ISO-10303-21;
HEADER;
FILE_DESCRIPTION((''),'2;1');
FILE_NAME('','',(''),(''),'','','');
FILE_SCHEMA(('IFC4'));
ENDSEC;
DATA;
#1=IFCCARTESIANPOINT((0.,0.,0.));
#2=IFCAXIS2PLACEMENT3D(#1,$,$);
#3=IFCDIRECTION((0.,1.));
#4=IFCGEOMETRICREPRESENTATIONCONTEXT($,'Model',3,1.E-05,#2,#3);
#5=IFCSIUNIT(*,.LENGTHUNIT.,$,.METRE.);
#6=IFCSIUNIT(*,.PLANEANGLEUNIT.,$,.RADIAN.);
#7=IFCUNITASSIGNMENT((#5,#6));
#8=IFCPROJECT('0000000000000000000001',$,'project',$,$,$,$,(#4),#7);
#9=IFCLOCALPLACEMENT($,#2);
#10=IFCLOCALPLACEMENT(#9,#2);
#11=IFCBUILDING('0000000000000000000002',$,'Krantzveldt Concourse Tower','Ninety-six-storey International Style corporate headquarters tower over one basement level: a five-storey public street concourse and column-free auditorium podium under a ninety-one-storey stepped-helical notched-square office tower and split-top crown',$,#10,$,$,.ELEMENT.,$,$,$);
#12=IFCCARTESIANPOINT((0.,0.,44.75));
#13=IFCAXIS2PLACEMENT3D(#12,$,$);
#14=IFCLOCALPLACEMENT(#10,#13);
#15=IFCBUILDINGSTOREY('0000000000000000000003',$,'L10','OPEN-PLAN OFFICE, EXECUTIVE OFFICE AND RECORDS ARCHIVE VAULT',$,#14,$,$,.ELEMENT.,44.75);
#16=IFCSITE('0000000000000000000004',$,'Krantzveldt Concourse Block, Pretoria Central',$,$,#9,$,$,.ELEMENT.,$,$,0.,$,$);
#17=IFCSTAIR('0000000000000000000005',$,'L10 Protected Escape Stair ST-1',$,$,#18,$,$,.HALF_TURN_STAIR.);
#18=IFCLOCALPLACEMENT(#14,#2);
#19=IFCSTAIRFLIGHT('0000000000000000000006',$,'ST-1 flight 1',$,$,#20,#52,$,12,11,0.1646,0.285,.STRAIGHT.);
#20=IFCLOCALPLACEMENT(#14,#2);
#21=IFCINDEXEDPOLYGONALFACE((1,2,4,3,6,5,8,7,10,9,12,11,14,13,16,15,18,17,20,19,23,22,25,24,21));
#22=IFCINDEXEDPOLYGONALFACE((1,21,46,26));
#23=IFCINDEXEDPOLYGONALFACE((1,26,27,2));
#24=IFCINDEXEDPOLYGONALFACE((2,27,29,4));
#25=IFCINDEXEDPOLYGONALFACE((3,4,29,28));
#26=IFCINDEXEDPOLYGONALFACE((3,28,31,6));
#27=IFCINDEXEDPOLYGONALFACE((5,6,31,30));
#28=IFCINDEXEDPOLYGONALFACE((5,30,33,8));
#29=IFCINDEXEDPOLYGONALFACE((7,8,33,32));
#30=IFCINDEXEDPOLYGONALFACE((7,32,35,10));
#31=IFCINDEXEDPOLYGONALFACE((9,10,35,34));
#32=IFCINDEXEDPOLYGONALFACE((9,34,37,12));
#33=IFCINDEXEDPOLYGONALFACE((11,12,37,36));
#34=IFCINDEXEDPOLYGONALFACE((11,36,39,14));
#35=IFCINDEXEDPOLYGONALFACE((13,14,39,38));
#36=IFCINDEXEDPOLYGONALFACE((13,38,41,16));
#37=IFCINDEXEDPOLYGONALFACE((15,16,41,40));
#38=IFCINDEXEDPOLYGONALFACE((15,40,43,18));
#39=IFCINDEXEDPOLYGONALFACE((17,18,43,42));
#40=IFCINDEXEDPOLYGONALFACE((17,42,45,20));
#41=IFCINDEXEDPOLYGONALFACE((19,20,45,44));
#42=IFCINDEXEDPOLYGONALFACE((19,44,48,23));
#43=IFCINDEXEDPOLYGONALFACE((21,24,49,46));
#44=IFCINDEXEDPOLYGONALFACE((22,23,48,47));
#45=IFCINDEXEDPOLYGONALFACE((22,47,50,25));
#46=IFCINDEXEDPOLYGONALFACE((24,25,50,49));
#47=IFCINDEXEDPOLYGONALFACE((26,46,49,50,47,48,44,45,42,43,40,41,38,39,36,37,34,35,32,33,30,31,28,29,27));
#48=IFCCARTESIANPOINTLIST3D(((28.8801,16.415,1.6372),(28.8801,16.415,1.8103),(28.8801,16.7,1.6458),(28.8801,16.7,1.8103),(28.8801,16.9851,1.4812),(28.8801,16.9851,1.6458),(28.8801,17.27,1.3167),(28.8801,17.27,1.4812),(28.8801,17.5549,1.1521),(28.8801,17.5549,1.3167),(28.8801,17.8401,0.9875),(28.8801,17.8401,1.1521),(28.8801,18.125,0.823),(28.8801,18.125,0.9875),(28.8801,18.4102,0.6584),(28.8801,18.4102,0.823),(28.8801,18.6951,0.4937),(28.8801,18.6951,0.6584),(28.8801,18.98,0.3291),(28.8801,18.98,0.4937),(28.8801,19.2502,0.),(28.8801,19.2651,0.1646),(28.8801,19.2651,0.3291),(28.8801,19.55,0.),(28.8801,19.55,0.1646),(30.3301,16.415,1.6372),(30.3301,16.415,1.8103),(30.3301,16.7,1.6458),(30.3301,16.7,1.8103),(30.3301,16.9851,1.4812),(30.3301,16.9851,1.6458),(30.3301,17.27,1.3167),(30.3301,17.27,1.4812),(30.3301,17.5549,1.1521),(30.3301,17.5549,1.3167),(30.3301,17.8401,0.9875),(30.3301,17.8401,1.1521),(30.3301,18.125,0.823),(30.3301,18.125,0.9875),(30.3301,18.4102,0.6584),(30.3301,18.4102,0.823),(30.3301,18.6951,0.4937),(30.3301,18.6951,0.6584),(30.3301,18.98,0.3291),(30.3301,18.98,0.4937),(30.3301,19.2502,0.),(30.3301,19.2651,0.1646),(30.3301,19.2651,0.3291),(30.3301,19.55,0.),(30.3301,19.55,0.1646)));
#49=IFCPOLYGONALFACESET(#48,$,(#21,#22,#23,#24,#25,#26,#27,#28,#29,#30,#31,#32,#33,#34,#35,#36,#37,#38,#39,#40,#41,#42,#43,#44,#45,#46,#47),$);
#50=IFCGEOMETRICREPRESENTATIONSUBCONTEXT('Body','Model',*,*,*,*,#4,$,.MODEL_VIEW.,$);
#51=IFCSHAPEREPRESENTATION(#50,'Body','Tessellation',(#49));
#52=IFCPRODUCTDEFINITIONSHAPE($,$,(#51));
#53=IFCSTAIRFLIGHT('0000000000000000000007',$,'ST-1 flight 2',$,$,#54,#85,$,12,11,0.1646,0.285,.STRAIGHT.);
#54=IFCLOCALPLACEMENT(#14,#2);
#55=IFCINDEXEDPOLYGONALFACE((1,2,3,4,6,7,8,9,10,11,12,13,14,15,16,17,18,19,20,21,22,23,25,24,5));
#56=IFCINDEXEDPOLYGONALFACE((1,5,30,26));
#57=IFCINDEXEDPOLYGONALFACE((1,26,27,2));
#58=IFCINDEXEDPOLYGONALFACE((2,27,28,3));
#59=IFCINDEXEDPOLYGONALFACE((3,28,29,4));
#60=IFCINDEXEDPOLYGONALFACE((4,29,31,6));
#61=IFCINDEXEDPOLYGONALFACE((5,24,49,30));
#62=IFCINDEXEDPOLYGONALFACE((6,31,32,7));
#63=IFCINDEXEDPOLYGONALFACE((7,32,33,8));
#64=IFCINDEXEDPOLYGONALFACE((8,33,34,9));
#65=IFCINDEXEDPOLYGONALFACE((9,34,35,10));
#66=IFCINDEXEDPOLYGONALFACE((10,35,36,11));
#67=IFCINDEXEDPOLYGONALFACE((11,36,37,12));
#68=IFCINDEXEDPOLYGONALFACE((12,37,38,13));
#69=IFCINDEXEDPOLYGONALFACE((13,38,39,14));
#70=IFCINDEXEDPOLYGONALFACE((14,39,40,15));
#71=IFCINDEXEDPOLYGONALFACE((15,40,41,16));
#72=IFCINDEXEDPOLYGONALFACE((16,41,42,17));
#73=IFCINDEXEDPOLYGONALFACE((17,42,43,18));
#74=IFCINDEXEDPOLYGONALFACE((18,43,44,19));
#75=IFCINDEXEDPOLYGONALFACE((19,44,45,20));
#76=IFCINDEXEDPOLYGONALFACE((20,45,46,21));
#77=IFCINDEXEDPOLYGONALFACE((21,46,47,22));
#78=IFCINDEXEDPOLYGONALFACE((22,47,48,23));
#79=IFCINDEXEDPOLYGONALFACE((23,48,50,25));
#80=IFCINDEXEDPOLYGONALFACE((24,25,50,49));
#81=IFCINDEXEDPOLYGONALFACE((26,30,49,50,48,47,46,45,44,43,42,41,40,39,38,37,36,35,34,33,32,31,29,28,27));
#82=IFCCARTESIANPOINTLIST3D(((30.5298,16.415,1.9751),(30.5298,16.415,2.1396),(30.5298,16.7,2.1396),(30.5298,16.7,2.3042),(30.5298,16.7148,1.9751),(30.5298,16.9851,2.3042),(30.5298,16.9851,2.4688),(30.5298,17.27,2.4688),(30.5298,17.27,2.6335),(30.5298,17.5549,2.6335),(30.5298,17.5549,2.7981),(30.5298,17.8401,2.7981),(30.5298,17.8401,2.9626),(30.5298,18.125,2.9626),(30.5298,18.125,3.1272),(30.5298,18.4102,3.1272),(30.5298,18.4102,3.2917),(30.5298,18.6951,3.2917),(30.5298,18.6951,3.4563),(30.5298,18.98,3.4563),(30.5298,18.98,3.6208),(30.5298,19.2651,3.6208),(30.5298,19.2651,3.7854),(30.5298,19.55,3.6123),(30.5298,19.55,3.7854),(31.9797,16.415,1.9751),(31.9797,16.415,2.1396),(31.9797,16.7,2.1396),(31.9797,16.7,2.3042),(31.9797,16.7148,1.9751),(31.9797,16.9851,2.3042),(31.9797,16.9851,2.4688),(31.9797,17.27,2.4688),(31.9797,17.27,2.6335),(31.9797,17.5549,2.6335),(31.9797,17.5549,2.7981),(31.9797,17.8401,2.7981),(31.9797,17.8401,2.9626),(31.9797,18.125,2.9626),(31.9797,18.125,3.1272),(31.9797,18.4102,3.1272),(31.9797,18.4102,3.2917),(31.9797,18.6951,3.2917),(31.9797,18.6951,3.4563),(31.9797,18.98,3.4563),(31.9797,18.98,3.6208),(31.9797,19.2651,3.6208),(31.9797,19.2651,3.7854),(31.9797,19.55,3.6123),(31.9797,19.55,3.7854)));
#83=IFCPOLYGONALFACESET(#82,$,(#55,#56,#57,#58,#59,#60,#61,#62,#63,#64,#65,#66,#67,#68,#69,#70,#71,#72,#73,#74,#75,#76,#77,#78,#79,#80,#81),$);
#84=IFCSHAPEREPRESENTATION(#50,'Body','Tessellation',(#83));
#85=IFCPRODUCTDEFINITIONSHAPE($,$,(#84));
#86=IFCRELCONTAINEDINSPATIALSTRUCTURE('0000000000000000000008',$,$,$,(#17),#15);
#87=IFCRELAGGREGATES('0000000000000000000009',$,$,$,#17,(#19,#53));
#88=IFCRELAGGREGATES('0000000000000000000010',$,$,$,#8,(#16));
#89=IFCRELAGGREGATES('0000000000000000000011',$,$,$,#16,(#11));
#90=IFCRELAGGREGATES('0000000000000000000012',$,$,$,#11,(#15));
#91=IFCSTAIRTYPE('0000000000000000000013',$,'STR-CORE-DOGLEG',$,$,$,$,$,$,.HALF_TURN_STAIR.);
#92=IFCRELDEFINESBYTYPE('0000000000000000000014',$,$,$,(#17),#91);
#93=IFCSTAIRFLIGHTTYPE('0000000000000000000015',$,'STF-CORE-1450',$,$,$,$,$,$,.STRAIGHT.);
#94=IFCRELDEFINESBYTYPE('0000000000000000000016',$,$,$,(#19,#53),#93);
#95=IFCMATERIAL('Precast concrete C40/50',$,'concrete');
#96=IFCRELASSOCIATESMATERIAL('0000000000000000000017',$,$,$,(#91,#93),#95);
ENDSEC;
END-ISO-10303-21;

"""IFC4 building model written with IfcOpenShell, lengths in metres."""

from ifc_helpers import new_model, si_unit, direction, frame, origin, place, context, subcontext, project, spatial, polyline, outline, extrude, material, type_object, element, aggregate, save


model = new_model("IFC4")

# Units and contexts
model_context = context("Model", 3, precision=1e-05, world=origin(), true_north=direction((0.0, 1.0)))
body_context = subcontext(model_context, "Body", "Model", "MODEL_VIEW")
ifc_project = project(units=[si_unit("LENGTHUNIT", "METRE"), si_unit("PLANEANGLEUNIT", "RADIAN")], contexts=[model_context])

# Site, building, storey
site_placement = place(None, origin())
site = spatial("IfcSite", under=ifc_project, at=site_placement, Name="Krantzveldt Concourse Block, Pretoria Central", CompositionType="ELEMENT", RefElevation=0.0)
building_placement = place(site_placement, origin())
building = spatial("IfcBuilding", under=site, at=building_placement, Name="Krantzveldt Concourse Tower", Description="Ninety-six-storey International Style corporate headquarters tower over one basement level: a five-storey public street concourse and column-free auditorium podium under a ninety-one-storey stepped-helical notched-square office tower and split-top crown", CompositionType="ELEMENT")
storey_placement = place(building_placement, frame((0.0, 0.0, 44.75)))
storey = spatial("IfcBuildingStorey", under=building, at=storey_placement, Name="L10", Description="OPEN-PLAN OFFICE, EXECUTIVE OFFICE AND RECORDS ARCHIVE VAULT", CompositionType="ELEMENT", Elevation=44.75)

# Stair, stair flights
ifc_material_1 = material(Name="Precast concrete C40/50", Category="concrete")
stair_type = type_object("IfcStairType", Name="STR-CORE-DOGLEG", PredefinedType="HALF_TURN_STAIR", material=ifc_material_1)
stair_placement = place(storey_placement, origin())
stair = element("IfcStair", 1, at=stair_placement, inside=storey, type_object=stair_type, Name="L10 Protected Escape Stair ST-1", PredefinedType="HALF_TURN_STAIR")
stair_flight_type = type_object("IfcStairFlightType", Name="STF-CORE-1450", PredefinedType="STRAIGHT", material=ifc_material_1)
stair_flight_1_placement = place(storey_placement, frame((29.605, 19.55, 0.0), z_axis=(0.0, 0.0, 1.0), x_axis=(0.0, -1.0, 0.0)))
stair_flight_1 = element("IfcStairFlight", 2, at=stair_flight_1_placement, type_object=stair_flight_type, Name="ST-1 flight 1", NumberOfRisers=12, NumberOfTreads=11, PredefinedType="STRAIGHT", RiserHeight=0.1646, TreadLength=0.285, context=body_context, shape_type="SweptSolid", body=[
    extrude(outline(polyline([(0.0, 0.0), (0.0, 0.1646), (0.2849, 0.1646), (0.2849, 0.3291), (0.5701, 0.3291), (0.5701, 0.4937), (0.855, 0.4937), (0.855, 0.6584), (1.1399, 0.6584), (1.1399, 0.823), (1.425, 0.823), (1.425, 0.9875), (1.71, 0.9875), (1.71, 1.1521), (1.9951, 1.1521), (1.9951, 1.3167), (2.28, 1.3167), (2.28, 1.4812), (2.5649, 1.4812), (2.5649, 1.6458), (2.8501, 1.6458), (2.8501, 1.8103), (3.135, 1.8103), (3.135, 1.9751), (3.135, 1.6372), (0.2998, 0.0), (0.0, 0.0)])), frame((0.0, 0.7251, 0.0), z_axis=(0.0, -1.0, 0.0), x_axis=(1.0, 0.0, 0.0)), (0.0, 0.0, 1.0), 1.45),
])
stair_flight_2_placement = place(storey_placement, frame((31.2549, 16.415, 1.9751), z_axis=(0.0, 0.0, 1.0), x_axis=(0.0, 1.0, 0.0)))
stair_flight_2 = element("IfcStairFlight", 3, at=stair_flight_2_placement, type_object=stair_flight_type, Name="ST-1 flight 2", NumberOfRisers=12, NumberOfTreads=11, PredefinedType="STRAIGHT", RiserHeight=0.1646, TreadLength=0.285, context=body_context, shape_type="SweptSolid", body=[
    extrude(outline(polyline([(0.0, 0.0), (0.0, 0.1646), (0.2849, 0.1646), (0.2849, 0.3291), (0.5701, 0.3291), (0.5701, 0.4937), (0.855, 0.4937), (0.855, 0.6584), (1.1399, 0.6584), (1.1399, 0.823), (1.425, 0.823), (1.425, 0.9875), (1.71, 0.9875), (1.71, 1.1521), (1.9951, 1.1521), (1.9951, 1.3167), (2.28, 1.3167), (2.28, 1.4812), (2.5649, 1.4812), (2.5649, 1.6458), (2.8501, 1.6458), (2.8501, 1.8103), (3.135, 1.8103), (3.135, 1.9751), (3.135, 1.6372), (0.2998, 0.0), (0.0, 0.0)])), frame((0.0, 0.7251, 0.0), z_axis=(0.0, -1.0, 0.0), x_axis=(1.0, 0.0, 0.0)), (0.0, 0.0, 1.0), 1.45),
])
aggregate(stair, [stair_flight_1, stair_flight_2])

save(model, "model.ifc")
